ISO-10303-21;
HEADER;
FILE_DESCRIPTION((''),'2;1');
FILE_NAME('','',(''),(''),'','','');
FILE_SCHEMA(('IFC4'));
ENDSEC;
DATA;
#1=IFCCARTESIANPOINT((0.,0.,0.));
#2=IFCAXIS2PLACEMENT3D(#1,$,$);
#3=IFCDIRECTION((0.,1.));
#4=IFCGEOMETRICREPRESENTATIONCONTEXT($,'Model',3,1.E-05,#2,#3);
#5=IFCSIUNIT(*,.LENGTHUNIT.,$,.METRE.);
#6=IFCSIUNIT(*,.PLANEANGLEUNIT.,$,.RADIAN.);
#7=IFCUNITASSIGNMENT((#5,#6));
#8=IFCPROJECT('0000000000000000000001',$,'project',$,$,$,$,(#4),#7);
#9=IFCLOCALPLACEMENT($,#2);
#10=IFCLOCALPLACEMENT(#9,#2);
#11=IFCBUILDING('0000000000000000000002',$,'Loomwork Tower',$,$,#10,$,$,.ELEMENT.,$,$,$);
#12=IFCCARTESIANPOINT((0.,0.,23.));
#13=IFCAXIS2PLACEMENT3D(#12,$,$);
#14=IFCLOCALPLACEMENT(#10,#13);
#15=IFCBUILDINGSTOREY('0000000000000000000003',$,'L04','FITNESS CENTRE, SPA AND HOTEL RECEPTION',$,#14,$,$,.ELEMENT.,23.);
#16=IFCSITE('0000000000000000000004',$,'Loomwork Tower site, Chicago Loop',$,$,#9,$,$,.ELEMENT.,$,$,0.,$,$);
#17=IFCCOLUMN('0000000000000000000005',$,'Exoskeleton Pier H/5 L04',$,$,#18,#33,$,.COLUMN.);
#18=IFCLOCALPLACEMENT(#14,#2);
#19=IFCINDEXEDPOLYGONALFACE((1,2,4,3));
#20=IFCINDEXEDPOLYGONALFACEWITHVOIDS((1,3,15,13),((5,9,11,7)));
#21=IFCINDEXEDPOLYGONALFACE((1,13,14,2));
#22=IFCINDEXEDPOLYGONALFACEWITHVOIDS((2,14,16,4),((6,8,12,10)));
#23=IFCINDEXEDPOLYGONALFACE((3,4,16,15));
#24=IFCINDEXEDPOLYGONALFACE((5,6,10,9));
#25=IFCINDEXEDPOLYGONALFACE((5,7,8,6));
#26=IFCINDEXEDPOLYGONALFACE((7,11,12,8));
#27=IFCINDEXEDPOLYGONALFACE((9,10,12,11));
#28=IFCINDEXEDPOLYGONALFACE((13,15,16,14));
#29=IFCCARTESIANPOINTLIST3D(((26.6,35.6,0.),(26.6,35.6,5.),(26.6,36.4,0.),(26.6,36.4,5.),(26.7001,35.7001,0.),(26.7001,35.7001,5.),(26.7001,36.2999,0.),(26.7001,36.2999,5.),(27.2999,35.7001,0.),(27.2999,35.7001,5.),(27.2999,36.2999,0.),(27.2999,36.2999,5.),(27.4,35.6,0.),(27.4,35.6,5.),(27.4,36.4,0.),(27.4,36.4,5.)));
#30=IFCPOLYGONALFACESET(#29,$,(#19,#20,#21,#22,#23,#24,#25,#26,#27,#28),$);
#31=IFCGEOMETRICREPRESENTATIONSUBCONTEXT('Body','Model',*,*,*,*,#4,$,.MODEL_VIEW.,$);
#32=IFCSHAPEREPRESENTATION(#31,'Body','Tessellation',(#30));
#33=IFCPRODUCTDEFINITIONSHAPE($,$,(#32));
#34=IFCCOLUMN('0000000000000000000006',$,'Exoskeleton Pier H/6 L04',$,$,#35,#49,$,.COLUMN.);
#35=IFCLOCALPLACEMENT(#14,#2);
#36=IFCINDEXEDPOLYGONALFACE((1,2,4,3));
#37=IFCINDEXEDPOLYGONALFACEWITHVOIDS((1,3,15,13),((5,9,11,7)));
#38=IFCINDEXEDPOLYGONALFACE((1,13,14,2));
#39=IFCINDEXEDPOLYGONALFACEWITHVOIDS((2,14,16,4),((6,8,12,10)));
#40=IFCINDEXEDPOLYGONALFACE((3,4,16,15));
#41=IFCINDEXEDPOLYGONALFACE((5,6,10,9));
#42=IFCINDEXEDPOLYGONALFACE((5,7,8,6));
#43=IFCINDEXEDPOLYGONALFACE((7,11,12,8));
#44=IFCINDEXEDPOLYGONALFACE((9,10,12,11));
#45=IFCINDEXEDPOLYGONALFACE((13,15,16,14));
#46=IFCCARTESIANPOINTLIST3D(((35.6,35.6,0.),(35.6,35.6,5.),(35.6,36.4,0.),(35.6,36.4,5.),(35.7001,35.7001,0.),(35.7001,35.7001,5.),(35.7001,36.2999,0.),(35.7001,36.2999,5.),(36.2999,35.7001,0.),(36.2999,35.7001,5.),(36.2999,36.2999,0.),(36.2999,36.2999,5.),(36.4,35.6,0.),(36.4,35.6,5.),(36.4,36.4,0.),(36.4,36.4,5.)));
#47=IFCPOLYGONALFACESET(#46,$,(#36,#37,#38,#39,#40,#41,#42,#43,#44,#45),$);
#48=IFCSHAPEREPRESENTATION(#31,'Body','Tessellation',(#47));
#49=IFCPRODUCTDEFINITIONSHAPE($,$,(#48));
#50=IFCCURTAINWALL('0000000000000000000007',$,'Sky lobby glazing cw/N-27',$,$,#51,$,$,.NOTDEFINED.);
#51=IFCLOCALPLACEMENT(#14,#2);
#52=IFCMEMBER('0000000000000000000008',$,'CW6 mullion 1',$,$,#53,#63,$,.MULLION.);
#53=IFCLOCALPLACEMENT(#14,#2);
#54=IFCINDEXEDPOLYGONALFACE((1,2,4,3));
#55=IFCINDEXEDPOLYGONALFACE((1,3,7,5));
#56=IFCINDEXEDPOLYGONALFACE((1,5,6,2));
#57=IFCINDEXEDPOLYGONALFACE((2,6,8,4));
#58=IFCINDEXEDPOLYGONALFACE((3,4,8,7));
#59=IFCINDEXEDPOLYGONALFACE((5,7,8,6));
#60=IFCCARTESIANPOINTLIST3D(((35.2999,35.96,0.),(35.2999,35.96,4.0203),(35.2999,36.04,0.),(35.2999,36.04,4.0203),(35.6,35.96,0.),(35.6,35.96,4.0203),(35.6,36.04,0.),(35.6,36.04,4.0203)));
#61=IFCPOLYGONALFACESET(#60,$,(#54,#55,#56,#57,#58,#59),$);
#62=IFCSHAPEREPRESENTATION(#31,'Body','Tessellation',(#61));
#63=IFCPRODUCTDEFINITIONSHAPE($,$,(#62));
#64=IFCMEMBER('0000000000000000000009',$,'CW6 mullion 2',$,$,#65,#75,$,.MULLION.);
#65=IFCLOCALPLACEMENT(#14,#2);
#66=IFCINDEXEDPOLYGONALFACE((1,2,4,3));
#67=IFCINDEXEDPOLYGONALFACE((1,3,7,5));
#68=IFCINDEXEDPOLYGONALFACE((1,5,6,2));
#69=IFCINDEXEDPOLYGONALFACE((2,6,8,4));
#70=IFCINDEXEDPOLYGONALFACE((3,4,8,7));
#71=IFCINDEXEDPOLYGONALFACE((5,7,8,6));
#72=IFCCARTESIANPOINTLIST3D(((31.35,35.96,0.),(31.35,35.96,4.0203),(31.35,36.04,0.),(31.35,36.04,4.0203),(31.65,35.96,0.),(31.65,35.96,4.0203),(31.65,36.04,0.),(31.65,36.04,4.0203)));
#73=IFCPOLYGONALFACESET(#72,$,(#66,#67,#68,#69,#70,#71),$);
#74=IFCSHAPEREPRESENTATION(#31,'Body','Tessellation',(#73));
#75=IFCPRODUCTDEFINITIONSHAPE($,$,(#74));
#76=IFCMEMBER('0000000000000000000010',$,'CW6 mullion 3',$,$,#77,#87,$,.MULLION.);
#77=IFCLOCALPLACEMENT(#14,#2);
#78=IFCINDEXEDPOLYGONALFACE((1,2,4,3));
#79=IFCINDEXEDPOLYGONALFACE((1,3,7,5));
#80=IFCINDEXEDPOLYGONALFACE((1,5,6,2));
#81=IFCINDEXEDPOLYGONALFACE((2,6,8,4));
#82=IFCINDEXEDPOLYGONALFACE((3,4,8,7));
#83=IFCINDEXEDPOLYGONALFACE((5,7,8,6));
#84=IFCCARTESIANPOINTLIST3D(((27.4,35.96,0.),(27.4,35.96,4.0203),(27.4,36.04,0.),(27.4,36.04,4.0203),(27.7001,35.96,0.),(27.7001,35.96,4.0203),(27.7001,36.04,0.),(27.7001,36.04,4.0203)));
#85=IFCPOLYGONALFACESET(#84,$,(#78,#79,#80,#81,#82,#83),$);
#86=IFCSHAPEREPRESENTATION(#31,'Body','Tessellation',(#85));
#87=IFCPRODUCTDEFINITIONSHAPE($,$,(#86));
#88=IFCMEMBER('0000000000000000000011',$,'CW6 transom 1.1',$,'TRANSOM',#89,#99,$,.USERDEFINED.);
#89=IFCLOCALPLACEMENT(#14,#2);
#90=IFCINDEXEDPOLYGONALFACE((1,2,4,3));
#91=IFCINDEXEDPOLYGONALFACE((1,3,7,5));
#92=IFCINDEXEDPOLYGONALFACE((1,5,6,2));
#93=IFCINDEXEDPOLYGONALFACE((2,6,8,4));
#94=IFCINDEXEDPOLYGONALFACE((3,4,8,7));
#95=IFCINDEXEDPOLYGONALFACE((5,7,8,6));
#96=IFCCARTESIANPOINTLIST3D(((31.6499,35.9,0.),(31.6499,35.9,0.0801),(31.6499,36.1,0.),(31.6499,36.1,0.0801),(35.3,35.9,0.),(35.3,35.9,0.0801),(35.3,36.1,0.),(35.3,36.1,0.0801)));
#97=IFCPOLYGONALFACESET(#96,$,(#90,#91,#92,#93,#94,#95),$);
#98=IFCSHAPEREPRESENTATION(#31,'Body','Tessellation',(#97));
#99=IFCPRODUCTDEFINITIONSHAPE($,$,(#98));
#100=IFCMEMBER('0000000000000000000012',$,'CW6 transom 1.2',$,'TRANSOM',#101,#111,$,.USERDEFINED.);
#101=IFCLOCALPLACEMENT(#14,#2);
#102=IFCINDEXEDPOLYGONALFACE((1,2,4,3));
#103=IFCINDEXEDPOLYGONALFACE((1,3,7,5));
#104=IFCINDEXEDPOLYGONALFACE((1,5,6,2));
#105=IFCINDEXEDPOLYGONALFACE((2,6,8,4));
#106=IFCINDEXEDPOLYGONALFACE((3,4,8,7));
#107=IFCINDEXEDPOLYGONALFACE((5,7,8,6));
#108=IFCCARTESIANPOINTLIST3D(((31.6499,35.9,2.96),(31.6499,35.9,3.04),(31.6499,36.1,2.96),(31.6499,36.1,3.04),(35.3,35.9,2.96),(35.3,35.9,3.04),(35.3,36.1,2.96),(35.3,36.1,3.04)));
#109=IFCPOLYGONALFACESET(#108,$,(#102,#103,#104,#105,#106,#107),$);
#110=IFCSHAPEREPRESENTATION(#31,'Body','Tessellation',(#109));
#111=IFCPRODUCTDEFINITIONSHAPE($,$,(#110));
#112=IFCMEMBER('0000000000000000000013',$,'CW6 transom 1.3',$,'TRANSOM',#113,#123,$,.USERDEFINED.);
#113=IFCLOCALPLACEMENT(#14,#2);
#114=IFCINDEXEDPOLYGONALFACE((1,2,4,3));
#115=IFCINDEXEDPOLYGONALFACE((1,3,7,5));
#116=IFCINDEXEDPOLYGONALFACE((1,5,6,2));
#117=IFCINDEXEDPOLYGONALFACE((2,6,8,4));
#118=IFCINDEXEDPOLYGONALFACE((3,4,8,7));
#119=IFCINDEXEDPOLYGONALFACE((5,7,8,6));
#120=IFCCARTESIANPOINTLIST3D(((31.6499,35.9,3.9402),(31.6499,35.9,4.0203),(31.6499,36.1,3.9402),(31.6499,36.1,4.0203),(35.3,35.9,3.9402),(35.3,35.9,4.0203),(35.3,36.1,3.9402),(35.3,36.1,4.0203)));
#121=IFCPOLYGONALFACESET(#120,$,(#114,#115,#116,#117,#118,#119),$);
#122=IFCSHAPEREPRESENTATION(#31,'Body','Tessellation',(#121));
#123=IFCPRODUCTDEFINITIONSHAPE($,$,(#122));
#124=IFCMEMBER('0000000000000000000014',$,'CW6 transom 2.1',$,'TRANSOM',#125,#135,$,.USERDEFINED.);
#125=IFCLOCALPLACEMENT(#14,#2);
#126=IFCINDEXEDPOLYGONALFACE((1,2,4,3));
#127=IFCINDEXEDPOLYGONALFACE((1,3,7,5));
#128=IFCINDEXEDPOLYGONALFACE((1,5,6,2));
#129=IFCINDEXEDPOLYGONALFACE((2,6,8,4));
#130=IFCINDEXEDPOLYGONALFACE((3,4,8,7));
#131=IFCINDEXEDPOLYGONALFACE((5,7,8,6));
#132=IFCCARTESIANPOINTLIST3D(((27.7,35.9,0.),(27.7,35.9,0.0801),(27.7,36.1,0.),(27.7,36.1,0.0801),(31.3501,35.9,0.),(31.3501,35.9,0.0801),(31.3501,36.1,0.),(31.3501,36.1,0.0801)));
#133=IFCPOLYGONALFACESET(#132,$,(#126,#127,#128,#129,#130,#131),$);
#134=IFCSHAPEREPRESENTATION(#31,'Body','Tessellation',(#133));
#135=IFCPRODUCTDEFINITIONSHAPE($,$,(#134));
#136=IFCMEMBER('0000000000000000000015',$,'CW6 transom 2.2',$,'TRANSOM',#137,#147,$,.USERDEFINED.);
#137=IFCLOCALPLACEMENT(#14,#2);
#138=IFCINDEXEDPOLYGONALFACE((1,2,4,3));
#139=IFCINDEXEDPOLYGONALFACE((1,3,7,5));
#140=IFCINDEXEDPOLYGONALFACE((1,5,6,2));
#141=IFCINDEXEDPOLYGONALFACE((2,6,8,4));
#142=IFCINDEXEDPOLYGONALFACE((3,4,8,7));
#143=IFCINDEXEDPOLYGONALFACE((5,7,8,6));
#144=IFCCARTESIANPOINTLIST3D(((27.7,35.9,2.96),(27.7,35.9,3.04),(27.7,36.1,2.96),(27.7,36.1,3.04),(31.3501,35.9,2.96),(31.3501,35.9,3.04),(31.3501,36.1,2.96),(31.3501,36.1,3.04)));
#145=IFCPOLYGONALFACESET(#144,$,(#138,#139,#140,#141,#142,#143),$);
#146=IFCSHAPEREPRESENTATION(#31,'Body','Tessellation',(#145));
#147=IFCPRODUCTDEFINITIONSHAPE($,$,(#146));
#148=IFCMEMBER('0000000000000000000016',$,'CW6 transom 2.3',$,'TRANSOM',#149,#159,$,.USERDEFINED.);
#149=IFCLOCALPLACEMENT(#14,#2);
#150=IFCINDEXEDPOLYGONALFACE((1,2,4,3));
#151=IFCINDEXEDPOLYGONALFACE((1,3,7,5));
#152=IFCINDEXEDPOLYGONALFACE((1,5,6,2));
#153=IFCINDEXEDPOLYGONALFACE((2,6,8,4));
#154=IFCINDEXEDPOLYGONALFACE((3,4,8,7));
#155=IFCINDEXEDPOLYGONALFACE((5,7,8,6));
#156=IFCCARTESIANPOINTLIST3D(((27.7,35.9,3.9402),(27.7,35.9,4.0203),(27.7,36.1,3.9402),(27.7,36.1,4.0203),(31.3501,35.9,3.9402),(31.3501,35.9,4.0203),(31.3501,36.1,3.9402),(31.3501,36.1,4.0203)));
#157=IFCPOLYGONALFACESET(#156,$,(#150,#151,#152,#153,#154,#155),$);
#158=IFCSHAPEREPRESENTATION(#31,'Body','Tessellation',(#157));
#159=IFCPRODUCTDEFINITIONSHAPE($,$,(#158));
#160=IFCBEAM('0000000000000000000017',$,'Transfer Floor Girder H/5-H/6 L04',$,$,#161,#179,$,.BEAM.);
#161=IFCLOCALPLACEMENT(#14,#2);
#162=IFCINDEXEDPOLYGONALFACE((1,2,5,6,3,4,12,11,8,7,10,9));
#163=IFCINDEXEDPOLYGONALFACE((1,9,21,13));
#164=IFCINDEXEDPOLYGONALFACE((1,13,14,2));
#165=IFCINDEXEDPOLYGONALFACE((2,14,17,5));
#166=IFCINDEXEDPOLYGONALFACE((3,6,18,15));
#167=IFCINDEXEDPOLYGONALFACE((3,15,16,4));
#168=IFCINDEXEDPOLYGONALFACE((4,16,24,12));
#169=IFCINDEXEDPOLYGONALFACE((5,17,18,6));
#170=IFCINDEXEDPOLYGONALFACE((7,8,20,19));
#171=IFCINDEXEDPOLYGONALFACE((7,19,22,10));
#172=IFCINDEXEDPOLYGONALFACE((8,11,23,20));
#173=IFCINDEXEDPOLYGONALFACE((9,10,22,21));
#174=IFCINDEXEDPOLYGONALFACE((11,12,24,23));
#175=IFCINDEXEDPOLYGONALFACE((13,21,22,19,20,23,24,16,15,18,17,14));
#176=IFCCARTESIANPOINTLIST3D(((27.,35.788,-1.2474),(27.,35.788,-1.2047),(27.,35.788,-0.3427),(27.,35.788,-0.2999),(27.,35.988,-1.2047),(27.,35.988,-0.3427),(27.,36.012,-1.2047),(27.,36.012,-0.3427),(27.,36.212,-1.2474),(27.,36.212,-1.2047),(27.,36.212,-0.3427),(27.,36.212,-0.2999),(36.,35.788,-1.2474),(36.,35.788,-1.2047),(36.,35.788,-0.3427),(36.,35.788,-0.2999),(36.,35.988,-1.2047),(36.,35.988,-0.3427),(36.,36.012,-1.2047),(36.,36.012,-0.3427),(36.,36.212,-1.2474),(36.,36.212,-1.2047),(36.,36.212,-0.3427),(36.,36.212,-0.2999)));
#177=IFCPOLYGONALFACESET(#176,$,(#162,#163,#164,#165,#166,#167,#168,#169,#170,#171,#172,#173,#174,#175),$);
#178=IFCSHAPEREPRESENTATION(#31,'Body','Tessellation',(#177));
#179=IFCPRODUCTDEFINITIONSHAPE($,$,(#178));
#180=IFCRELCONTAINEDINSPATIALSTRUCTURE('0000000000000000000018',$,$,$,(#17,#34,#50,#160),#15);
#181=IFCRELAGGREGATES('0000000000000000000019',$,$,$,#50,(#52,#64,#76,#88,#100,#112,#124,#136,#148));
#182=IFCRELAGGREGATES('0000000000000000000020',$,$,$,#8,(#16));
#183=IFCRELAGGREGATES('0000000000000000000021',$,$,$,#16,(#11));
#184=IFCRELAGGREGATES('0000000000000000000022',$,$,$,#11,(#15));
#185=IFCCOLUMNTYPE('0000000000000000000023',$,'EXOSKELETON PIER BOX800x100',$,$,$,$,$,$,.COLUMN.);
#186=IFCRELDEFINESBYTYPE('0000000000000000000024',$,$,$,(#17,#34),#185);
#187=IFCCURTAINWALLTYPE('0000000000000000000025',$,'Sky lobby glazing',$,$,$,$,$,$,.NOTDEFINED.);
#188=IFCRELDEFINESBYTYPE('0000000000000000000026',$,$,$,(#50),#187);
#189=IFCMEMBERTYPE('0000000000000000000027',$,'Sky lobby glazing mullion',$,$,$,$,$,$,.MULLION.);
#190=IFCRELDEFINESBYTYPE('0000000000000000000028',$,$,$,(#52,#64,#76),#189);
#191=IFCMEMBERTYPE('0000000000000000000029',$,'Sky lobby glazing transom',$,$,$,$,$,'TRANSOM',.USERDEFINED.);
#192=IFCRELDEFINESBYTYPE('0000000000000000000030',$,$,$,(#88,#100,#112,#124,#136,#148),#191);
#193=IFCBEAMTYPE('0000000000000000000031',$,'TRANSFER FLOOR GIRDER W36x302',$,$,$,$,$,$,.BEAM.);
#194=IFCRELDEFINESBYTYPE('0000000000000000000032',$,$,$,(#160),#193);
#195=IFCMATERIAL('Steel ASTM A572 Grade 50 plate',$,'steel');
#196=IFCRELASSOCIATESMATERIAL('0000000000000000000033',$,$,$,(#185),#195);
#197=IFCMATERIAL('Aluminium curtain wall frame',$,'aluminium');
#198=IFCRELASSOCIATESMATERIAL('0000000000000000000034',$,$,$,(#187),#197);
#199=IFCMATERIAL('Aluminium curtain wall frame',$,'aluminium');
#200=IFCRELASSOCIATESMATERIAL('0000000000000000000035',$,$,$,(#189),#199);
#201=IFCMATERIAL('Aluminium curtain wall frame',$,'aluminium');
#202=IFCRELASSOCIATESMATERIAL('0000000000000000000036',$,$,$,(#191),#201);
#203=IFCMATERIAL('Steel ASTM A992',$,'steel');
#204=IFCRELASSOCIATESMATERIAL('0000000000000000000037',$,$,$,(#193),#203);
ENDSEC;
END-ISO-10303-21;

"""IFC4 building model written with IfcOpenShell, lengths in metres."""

from ifc_helpers import new_model, si_unit, direction, frame, origin, origin_2d, place, context, subcontext, project, spatial, rectangle, hollow_rectangle, i_section, extrude, material, material_profile, profile_set, type_object, element, aggregate, save


model = new_model("IFC4")

# Units and contexts
model_context = context("Model", 3, precision=1e-05, world=origin(), true_north=direction((0.0, 1.0)))
body_context = subcontext(model_context, "Body", "Model", "MODEL_VIEW")
ifc_project = project(units=[si_unit("LENGTHUNIT", "METRE"), si_unit("PLANEANGLEUNIT", "RADIAN")], contexts=[model_context])

# Site, building, storey
site_placement = place(None, origin())
site = spatial("IfcSite", under=ifc_project, at=site_placement, Name="Loomwork Tower site, Chicago Loop", CompositionType="ELEMENT", RefElevation=0.0)
building_placement = place(site_placement, origin())
building = spatial("IfcBuilding", under=site, at=building_placement, Name="Loomwork Tower", CompositionType="ELEMENT")
storey_placement = place(building_placement, frame((0.0, 0.0, 23.0)))
storey = spatial("IfcBuildingStorey", under=building, at=storey_placement, Name="L04", Description="FITNESS CENTRE, SPA AND HOTEL RECEPTION", CompositionType="ELEMENT", Elevation=23.0)

# Columns
ifc_material_1 = material(Name="Steel ASTM A572 Grade 50 plate", Category="steel")
ifc_material_profile_1 = material_profile(ifc_material_1, hollow_rectangle(XDim=0.8, YDim=0.8, WallThickness=0.1001, at=origin_2d()), Name="BOX800x100")
ifc_profile_set_1 = profile_set([ifc_material_profile_1], Name="Steel ASTM A572 Grade 50 plate")
column_type = type_object("IfcColumnType", Name="EXOSKELETON PIER BOX800x100", PredefinedType="COLUMN", material=ifc_profile_set_1)
for number, where, z_axis, x_axis, name in (
    (1, (27.0, 36.0, 0.0), (0.0, 0.0, 1.0), (1.0, 0.0, 0.0), "Exoskeleton Pier H/5 L04"),
    (2, (36.0, 36.0, 0.0), (0.0, 0.0, 1.0), (1.0, 0.0, 0.0), "Exoskeleton Pier H/6 L04"),
):
    element("IfcColumn", number, at=place(storey_placement, frame(where, z_axis=z_axis, x_axis=x_axis)), inside=storey, type_object=column_type, Name=name, PredefinedType="COLUMN", context=body_context, shape_type="SweptSolid", body=[
        extrude(hollow_rectangle(XDim=0.8, YDim=0.8, WallThickness=0.1001, at=origin_2d()), origin(), (0.0, 0.0, 1.0), 5.0),
    ])

# Curtain wall, members
ifc_material_2 = material(Name="Aluminium curtain wall frame", Category="aluminium")
curtain_wall_type = type_object("IfcCurtainWallType", Name="Sky lobby glazing", PredefinedType="NOTDEFINED", material=ifc_material_2)
curtain_wall_placement = place(storey_placement, origin())
curtain_wall = element("IfcCurtainWall", 3, at=curtain_wall_placement, inside=storey, type_object=curtain_wall_type, Name="Sky lobby glazing cw/N-27", PredefinedType="NOTDEFINED")
ifc_material_3 = material(Name="Aluminium curtain wall frame", Category="aluminium")
ifc_material_profile_2 = material_profile(ifc_material_3, rectangle(XDim=0.0801, YDim=0.3, at=origin_2d()), Name="AL 80x300")
ifc_profile_set_2 = profile_set([ifc_material_profile_2], Name="Aluminium curtain wall frame")
member_type_1 = type_object("IfcMemberType", Name="Sky lobby glazing mullion", PredefinedType="MULLION", material=ifc_profile_set_2)
member_1_placement = place(storey_placement, frame((35.45, 36.0, 0.0), z_axis=(0.0, 0.0, 1.0), x_axis=(0.0, -1.0, 0.0)))
member_1 = element("IfcMember", 4, at=member_1_placement, type_object=member_type_1, Name="CW6 mullion 1", PredefinedType="MULLION", context=body_context, shape_type="SweptSolid", body=[
    extrude(rectangle(XDim=0.0801, YDim=0.3, at=origin_2d()), origin(), (0.0, 0.0, 1.0), 4.0203),
])
member_2_placement = place(storey_placement, frame((31.5, 36.0, 0.0), z_axis=(0.0, 0.0, 1.0), x_axis=(0.0, -1.0, 0.0)))
member_2 = element("IfcMember", 5, at=member_2_placement, type_object=member_type_1, Name="CW6 mullion 2", PredefinedType="MULLION", context=body_context, shape_type="SweptSolid", body=[
    extrude(rectangle(XDim=0.0801, YDim=0.3, at=origin_2d()), origin(), (0.0, 0.0, 1.0), 4.0203),
])
member_3_placement = place(storey_placement, frame((27.55, 36.0, 0.0), z_axis=(0.0, 0.0, 1.0), x_axis=(0.0, -1.0, 0.0)))
member_3 = element("IfcMember", 6, at=member_3_placement, type_object=member_type_1, Name="CW6 mullion 3", PredefinedType="MULLION", context=body_context, shape_type="SweptSolid", body=[
    extrude(rectangle(XDim=0.0801, YDim=0.3, at=origin_2d()), origin(), (0.0, 0.0, 1.0), 4.0203),
])
ifc_material_4 = material(Name="Aluminium curtain wall frame", Category="aluminium")
ifc_material_profile_3 = material_profile(ifc_material_4, rectangle(XDim=0.2, YDim=0.0801, at=origin_2d()), Name="AL 80x200")
ifc_profile_set_3 = profile_set([ifc_material_profile_3], Name="Aluminium curtain wall frame")
member_type_2 = type_object("IfcMemberType", Name="Sky lobby glazing transom", ElementType="TRANSOM", PredefinedType="USERDEFINED", material=ifc_profile_set_3)
member_4_placement = place(storey_placement, frame((35.3, 36.0, 0.04), z_axis=(-1.0, 0.0, 0.0), x_axis=(0.0, -1.0, 0.0)))
member_4 = element("IfcMember", 7, at=member_4_placement, type_object=member_type_2, Name="CW6 transom 1.1", ObjectType="TRANSOM", PredefinedType="USERDEFINED", context=body_context, shape_type="SweptSolid", body=[
    extrude(rectangle(XDim=0.2, YDim=0.0801, at=origin_2d()), origin(), (0.0, 0.0, 1.0), 3.6501),
])
member_5_placement = place(storey_placement, frame((35.3, 36.0, 3.0), z_axis=(-1.0, 0.0, 0.0), x_axis=(0.0, -1.0, 0.0)))
member_5 = element("IfcMember", 8, at=member_5_placement, type_object=member_type_2, Name="CW6 transom 1.2", ObjectType="TRANSOM", PredefinedType="USERDEFINED", context=body_context, shape_type="SweptSolid", body=[
    extrude(rectangle(XDim=0.2, YDim=0.0801, at=origin_2d()), origin(), (0.0, 0.0, 1.0), 3.6501),
])
member_6_placement = place(storey_placement, frame((35.3, 36.0, 3.9802), z_axis=(-1.0, 0.0, 0.0), x_axis=(0.0, -1.0, 0.0)))
member_6 = element("IfcMember", 9, at=member_6_placement, type_object=member_type_2, Name="CW6 transom 1.3", ObjectType="TRANSOM", PredefinedType="USERDEFINED", context=body_context, shape_type="SweptSolid", body=[
    extrude(rectangle(XDim=0.2, YDim=0.0801, at=origin_2d()), origin(), (0.0, 0.0, 1.0), 3.6501),
])
member_7_placement = place(storey_placement, frame((31.3501, 36.0, 0.04), z_axis=(-1.0, 0.0, 0.0), x_axis=(0.0, -1.0, 0.0)))
member_7 = element("IfcMember", 10, at=member_7_placement, type_object=member_type_2, Name="CW6 transom 2.1", ObjectType="TRANSOM", PredefinedType="USERDEFINED", context=body_context, shape_type="SweptSolid", body=[
    extrude(rectangle(XDim=0.2, YDim=0.0801, at=origin_2d()), origin(), (0.0, 0.0, 1.0), 3.6501),
])
member_8_placement = place(storey_placement, frame((31.3501, 36.0, 3.0), z_axis=(-1.0, 0.0, 0.0), x_axis=(0.0, -1.0, 0.0)))
member_8 = element("IfcMember", 11, at=member_8_placement, type_object=member_type_2, Name="CW6 transom 2.2", ObjectType="TRANSOM", PredefinedType="USERDEFINED", context=body_context, shape_type="SweptSolid", body=[
    extrude(rectangle(XDim=0.2, YDim=0.0801, at=origin_2d()), origin(), (0.0, 0.0, 1.0), 3.6501),
])
member_9_placement = place(storey_placement, frame((31.3501, 36.0, 3.9802), z_axis=(-1.0, 0.0, 0.0), x_axis=(0.0, -1.0, 0.0)))
member_9 = element("IfcMember", 12, at=member_9_placement, type_object=member_type_2, Name="CW6 transom 2.3", ObjectType="TRANSOM", PredefinedType="USERDEFINED", context=body_context, shape_type="SweptSolid", body=[
    extrude(rectangle(XDim=0.2, YDim=0.0801, at=origin_2d()), origin(), (0.0, 0.0, 1.0), 3.6501),
])

# Beam
ifc_material_5 = material(Name="Steel ASTM A992", Category="steel")
ifc_material_profile_4 = material_profile(ifc_material_5, i_section(OverallWidth=0.4241, OverallDepth=0.9475, WebThickness=0.0239, FlangeThickness=0.0427, at=origin_2d()), Name="W36x302")
ifc_profile_set_4 = profile_set([ifc_material_profile_4], Name="Steel ASTM A992")
beam_type = type_object("IfcBeamType", Name="TRANSFER FLOOR GIRDER W36x302", PredefinedType="BEAM", material=ifc_profile_set_4)
for number, where, z_axis, x_axis, name in (
    (13, (27.0, 36.0, -0.7737), (1.0, 0.0, 0.0), (0.0, 1.0, 0.0), "Transfer Floor Girder H/5-H/6 L04"),
):
    element("IfcBeam", number, at=place(storey_placement, frame(where, z_axis=z_axis, x_axis=x_axis)), inside=storey, type_object=beam_type, Name=name, PredefinedType="BEAM", context=body_context, shape_type="SweptSolid", body=[
        extrude(i_section(OverallWidth=0.4241, OverallDepth=0.9475, WebThickness=0.0239, FlangeThickness=0.0427, at=origin_2d()), origin(), (0.0, 0.0, 1.0), 9.0),
    ])

aggregate(curtain_wall, [member_1, member_2, member_3, member_4, member_5, member_6, member_7, member_8, member_9])

save(model, "model.ifc")
